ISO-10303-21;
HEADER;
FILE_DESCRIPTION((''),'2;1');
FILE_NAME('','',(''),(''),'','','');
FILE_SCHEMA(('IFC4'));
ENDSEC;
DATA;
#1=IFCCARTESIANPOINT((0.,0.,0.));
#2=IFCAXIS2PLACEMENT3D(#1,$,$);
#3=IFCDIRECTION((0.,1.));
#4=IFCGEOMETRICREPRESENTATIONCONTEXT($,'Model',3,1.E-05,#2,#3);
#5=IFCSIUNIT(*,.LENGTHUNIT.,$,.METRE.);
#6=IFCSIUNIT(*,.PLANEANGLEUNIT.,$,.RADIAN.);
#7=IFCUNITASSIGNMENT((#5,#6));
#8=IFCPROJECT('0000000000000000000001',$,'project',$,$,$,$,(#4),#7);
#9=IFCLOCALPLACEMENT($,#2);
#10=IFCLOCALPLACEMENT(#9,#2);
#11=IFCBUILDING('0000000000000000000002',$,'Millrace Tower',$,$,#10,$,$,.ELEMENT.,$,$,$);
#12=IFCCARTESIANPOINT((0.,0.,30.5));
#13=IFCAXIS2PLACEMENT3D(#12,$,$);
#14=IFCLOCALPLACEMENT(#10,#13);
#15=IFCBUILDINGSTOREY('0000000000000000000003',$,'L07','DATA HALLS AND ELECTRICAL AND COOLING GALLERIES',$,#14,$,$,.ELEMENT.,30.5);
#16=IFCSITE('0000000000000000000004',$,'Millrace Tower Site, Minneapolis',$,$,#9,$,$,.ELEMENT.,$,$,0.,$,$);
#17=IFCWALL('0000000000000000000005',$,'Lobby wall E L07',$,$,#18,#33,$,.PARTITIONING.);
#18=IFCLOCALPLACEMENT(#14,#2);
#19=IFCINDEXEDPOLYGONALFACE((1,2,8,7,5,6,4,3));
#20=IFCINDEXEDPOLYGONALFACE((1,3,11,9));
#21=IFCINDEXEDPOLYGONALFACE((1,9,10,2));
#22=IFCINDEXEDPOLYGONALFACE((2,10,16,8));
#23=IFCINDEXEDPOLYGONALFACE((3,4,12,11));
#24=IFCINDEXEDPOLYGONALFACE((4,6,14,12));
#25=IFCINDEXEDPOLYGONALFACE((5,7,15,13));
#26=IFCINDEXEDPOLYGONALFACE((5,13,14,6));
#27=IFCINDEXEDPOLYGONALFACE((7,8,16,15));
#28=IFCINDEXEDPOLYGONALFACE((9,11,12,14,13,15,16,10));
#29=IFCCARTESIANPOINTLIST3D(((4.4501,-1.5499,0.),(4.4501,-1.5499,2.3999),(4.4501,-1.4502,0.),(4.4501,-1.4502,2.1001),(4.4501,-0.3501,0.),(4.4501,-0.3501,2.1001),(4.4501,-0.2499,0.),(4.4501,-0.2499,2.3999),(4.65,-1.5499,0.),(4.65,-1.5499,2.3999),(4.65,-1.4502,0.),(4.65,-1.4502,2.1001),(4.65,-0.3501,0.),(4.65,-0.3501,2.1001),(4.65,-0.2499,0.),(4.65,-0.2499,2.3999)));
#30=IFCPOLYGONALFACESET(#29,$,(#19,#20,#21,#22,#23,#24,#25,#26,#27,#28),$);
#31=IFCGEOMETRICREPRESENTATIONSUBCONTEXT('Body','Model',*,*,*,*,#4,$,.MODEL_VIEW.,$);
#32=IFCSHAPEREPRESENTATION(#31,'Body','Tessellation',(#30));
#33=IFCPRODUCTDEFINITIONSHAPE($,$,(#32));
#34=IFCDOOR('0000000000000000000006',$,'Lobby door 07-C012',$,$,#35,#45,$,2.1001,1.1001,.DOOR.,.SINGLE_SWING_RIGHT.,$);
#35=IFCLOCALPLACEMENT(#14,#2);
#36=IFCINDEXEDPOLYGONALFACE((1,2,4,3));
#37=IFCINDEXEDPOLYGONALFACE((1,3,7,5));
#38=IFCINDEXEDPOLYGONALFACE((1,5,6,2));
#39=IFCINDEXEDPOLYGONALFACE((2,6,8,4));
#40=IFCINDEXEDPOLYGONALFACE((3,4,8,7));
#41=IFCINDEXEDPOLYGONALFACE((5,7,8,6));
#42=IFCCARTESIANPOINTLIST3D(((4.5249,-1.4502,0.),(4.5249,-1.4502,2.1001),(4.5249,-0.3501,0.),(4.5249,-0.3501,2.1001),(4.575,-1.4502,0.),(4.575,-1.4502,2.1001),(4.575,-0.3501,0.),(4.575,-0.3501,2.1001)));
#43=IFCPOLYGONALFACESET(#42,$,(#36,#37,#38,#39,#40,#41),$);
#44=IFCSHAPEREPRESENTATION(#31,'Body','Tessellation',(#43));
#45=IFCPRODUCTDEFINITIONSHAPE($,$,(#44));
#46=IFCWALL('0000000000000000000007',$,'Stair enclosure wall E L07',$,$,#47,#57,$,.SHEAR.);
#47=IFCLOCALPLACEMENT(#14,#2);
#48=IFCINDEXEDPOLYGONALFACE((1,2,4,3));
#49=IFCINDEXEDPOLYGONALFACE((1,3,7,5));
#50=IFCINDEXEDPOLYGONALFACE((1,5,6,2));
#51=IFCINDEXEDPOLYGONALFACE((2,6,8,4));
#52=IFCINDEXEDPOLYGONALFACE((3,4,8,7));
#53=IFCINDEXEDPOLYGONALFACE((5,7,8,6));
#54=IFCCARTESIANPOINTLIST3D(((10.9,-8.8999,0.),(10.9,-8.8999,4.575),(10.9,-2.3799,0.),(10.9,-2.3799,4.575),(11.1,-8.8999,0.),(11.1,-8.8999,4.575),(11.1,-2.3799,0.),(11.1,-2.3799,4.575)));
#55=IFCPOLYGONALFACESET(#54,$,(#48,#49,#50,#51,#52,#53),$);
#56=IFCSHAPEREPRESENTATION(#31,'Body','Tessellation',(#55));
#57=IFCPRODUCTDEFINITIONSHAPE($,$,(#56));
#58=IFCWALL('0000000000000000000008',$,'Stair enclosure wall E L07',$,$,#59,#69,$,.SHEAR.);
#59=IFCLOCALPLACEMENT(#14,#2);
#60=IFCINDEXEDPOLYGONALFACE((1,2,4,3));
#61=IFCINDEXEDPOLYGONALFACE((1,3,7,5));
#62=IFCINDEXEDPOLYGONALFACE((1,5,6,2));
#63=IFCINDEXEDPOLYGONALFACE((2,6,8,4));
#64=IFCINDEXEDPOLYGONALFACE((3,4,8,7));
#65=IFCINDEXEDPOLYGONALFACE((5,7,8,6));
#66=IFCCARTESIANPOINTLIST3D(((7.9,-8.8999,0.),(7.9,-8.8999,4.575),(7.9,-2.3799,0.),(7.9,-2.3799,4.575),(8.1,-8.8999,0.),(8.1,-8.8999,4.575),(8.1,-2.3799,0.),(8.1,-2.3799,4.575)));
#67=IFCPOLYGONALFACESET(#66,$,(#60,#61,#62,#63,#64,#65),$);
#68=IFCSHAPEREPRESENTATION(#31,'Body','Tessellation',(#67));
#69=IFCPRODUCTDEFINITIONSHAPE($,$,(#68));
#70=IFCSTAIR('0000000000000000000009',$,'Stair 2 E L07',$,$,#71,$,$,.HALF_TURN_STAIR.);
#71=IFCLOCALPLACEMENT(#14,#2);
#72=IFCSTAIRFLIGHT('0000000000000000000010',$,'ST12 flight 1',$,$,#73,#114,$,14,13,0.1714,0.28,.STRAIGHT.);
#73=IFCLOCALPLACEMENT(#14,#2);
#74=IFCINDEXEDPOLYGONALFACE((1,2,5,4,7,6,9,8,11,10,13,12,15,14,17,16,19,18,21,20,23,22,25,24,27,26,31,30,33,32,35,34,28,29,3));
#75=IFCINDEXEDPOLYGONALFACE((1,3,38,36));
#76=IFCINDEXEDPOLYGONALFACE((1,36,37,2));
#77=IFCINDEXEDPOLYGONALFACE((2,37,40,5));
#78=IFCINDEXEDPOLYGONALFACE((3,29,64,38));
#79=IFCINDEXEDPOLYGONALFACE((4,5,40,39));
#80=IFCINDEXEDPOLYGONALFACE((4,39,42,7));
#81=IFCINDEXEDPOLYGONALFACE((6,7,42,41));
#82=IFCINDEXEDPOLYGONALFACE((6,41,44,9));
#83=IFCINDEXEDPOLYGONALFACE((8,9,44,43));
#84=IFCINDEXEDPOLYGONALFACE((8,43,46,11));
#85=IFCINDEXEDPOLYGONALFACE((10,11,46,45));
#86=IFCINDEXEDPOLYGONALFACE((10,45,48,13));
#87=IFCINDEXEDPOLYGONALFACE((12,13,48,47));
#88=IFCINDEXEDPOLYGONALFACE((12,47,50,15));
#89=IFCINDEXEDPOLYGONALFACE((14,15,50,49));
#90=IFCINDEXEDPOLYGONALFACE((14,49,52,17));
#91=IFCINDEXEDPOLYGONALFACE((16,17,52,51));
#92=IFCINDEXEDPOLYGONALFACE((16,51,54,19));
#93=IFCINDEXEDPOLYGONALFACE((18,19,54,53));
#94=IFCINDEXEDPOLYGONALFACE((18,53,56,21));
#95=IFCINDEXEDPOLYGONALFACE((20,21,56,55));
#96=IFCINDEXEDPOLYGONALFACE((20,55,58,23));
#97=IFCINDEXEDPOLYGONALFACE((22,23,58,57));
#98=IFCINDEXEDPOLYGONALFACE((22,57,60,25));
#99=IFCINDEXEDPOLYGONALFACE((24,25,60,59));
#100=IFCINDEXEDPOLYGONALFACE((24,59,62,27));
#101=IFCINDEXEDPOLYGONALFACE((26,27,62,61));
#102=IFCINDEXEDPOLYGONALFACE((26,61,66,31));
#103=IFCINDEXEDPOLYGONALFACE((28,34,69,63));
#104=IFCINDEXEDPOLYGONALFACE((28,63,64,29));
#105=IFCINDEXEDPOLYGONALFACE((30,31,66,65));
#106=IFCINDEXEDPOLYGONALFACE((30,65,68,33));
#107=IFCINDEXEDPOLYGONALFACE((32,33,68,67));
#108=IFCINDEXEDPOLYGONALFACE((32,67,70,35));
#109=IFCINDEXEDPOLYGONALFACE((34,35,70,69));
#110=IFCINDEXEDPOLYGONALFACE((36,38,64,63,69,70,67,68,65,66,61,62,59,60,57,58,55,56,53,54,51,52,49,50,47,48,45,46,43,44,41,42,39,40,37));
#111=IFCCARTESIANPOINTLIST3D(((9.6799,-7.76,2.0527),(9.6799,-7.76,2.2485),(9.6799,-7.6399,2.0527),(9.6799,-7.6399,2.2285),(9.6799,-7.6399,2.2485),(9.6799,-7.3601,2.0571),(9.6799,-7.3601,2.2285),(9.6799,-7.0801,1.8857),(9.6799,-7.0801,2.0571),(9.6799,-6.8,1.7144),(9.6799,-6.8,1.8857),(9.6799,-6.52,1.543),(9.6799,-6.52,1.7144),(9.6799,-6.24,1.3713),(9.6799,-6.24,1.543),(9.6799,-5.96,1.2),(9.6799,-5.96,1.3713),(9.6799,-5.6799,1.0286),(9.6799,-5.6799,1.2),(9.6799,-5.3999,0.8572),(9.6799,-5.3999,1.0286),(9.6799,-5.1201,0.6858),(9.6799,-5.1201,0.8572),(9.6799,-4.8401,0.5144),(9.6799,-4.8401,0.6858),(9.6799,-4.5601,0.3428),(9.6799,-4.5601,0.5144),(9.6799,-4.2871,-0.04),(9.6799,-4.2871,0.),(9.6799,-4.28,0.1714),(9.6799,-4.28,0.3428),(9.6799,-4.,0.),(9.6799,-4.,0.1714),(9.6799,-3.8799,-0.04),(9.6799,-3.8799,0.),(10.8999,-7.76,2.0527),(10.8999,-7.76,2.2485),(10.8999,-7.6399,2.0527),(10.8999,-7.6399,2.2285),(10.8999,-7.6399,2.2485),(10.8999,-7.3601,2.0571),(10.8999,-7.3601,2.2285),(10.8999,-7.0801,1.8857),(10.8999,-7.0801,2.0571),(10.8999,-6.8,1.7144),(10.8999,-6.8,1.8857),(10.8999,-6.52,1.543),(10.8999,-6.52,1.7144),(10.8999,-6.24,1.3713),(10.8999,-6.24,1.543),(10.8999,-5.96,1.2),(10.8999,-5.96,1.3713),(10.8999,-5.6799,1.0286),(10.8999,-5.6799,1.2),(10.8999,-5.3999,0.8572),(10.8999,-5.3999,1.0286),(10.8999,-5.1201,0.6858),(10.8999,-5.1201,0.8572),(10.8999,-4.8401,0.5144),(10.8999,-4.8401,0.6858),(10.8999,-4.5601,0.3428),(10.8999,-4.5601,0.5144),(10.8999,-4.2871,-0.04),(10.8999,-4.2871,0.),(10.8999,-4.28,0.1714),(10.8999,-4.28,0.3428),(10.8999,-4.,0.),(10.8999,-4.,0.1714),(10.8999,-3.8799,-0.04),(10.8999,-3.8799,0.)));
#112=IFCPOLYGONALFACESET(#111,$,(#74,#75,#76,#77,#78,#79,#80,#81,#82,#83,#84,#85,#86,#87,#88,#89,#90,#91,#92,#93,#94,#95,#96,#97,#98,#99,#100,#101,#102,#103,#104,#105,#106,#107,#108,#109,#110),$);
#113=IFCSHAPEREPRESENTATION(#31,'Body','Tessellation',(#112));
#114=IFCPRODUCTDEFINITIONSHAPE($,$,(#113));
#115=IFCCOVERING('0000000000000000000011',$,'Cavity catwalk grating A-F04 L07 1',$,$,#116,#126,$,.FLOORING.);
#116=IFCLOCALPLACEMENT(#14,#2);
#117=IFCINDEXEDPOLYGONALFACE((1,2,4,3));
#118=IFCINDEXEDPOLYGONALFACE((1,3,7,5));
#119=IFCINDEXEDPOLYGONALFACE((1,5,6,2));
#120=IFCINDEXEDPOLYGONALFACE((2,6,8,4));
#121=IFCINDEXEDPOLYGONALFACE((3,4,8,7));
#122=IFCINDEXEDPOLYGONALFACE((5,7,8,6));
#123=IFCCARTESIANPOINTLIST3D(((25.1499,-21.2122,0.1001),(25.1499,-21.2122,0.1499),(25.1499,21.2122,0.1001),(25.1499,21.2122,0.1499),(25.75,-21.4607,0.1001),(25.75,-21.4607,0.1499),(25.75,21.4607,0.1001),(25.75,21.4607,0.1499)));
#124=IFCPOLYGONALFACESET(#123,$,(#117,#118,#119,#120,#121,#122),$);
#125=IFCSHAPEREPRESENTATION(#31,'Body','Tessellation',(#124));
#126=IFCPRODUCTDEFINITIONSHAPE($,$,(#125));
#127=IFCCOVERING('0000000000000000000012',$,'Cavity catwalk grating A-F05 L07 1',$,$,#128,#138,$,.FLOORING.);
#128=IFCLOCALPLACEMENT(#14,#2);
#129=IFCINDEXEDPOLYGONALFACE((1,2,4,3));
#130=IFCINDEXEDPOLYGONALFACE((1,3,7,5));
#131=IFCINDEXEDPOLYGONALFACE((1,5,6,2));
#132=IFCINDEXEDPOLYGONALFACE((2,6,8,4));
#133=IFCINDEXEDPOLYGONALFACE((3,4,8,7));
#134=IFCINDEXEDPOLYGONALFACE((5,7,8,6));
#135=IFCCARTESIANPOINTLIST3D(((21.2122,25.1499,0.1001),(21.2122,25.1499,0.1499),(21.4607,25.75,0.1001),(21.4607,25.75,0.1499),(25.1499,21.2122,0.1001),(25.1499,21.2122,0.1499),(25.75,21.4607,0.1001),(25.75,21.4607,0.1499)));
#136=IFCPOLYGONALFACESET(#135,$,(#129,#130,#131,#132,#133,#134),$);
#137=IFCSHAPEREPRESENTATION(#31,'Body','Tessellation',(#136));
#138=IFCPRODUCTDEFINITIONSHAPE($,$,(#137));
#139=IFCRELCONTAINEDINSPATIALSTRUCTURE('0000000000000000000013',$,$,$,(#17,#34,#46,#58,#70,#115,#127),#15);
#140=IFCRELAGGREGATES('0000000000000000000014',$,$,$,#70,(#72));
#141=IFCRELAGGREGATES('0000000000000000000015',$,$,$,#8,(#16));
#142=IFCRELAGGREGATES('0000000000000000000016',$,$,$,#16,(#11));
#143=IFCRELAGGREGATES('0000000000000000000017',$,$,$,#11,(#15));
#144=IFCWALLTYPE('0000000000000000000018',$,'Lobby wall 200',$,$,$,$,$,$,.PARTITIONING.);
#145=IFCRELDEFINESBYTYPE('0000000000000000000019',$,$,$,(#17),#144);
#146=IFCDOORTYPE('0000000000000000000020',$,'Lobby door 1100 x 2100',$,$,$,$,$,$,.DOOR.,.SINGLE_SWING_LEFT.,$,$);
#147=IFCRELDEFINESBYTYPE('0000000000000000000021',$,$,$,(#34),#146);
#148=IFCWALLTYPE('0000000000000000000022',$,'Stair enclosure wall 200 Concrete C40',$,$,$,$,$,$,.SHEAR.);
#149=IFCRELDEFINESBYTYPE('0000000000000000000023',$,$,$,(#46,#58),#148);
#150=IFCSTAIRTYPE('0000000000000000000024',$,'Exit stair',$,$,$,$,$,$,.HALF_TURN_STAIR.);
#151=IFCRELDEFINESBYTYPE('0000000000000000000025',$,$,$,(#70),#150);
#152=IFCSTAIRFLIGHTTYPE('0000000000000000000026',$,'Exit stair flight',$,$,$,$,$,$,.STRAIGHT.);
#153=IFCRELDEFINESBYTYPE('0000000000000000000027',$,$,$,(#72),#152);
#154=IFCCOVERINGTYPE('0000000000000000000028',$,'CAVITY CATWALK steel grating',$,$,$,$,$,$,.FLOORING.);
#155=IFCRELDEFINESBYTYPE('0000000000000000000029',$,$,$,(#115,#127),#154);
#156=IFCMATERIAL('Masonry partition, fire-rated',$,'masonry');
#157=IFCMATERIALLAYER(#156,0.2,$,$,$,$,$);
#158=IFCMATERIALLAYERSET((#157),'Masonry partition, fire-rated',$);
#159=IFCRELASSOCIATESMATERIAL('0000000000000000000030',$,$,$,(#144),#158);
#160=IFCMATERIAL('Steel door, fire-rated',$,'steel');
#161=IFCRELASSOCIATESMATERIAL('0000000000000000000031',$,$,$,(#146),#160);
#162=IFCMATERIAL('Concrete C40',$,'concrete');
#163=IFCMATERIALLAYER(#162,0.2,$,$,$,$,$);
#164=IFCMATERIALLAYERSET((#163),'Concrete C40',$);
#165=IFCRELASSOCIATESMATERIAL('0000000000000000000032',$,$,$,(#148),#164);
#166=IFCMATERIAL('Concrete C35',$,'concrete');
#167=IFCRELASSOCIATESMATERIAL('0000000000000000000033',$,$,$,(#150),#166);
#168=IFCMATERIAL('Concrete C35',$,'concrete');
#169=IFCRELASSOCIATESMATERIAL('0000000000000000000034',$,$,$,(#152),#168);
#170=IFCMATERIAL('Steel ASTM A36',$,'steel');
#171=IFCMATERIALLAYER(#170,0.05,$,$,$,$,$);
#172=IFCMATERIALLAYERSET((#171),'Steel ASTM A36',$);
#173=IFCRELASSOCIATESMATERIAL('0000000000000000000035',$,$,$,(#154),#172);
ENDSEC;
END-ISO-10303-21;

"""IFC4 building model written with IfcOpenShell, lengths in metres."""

from ifc_helpers import new_model, si_unit, direction, frame, frame_2d, origin, place, context, subcontext, project, spatial, polyline, rectangle, outline, extrude, material, layer, layer_set, type_object, element, fill, aggregate, save


model = new_model("IFC4")

# Units and contexts
model_context = context("Model", 3, precision=1e-05, world=origin(), true_north=direction((0.0, 1.0)))
body_context = subcontext(model_context, "Body", "Model", "MODEL_VIEW")
ifc_project = project(units=[si_unit("LENGTHUNIT", "METRE"), si_unit("PLANEANGLEUNIT", "RADIAN")], contexts=[model_context])

# Site, building, storey
site_placement = place(None, origin())
site = spatial("IfcSite", under=ifc_project, at=site_placement, Name="Millrace Tower Site, Minneapolis", CompositionType="ELEMENT", RefElevation=0.0)
building_placement = place(site_placement, origin())
building = spatial("IfcBuilding", under=site, at=building_placement, Name="Millrace Tower", CompositionType="ELEMENT")
storey_placement = place(building_placement, frame((0.0, 0.0, 30.5)))
storey = spatial("IfcBuildingStorey", under=building, at=storey_placement, Name="L07", Description="DATA HALLS AND ELECTRICAL AND COOLING GALLERIES", CompositionType="ELEMENT", Elevation=30.5)

# Shared definitions
placement_1 = place(storey_placement, origin())

# Wall, opening, door
ifc_material_1 = material(Name="Masonry partition, fire-rated", Category="masonry")
ifc_layer_1 = layer(ifc_material_1, 0.2)
ifc_layer_set_1 = layer_set([ifc_layer_1], Name="Masonry partition, fire-rated")
wall_type_1 = type_object("IfcWallType", Name="Lobby wall 200", PredefinedType="PARTITIONING", material=ifc_layer_set_1)
wall_1_placement = place(storey_placement, frame((4.55, -0.25, 0.0), z_axis=(0.0, 0.0, 1.0), x_axis=(0.0, -1.0, 0.0)))
wall_1 = element("IfcWall", 1, at=wall_1_placement, inside=storey, type_object=wall_type_1, Name="Lobby wall E L07", PredefinedType="PARTITIONING", context=body_context, shape_type="SweptSolid", body=[
    extrude(rectangle(XDim=1.3, YDim=0.2, at=frame_2d((0.6499, 0.0))), origin(), (0.0, 0.0, 1.0), 2.3999),
])
opening_placement = place(wall_1_placement, frame((0.1001, 0.0, 0.0)))
opening = element("IfcOpeningElement", 2, at=opening_placement, cuts=wall_1, PredefinedType="OPENING", context=body_context, shape_type="SweptSolid", body=[
    extrude(rectangle(XDim=1.1001, YDim=2.1001, at=frame_2d((0.55, 1.05))), frame((0.0, 0.1099, 0.0), z_axis=(0.0, -1.0, 0.0), x_axis=(1.0, 0.0, 0.0)), (0.0, 0.0, 1.0), 0.22),
])
ifc_material_2 = material(Name="Steel door, fire-rated", Category="steel")
door_type = type_object("IfcDoorType", Name="Lobby door 1100 x 2100", OperationType="SINGLE_SWING_LEFT", PredefinedType="DOOR", material=ifc_material_2)
door_placement = place(opening_placement, origin())
door = element("IfcDoor", 3, at=door_placement, inside=storey, type_object=door_type, Name="Lobby door 07-C012", OperationType="SINGLE_SWING_RIGHT", OverallHeight=2.1001, OverallWidth=1.1001, PredefinedType="DOOR", context=body_context, shape_type="SweptSolid", body=[
    extrude(rectangle(XDim=1.1001, YDim=2.1001, at=frame_2d((0.55, 1.05))), frame((0.0, 0.0249, 0.0), z_axis=(0.0, -1.0, 0.0), x_axis=(1.0, 0.0, 0.0)), (0.0, 0.0, 1.0), 0.05),
])
fill(opening, door)

# Walls
ifc_material_3 = material(Name="Concrete C40", Category="concrete")
ifc_layer_2 = layer(ifc_material_3, 0.2)
ifc_layer_set_2 = layer_set([ifc_layer_2], Name="Concrete C40")
wall_type_2 = type_object("IfcWallType", Name="Stair enclosure wall 200 Concrete C40", PredefinedType="SHEAR", material=ifc_layer_set_2)
for number, where, z_axis, x_axis, name in (
    (4, (11.0, -2.3799, 0.0), (0.0, 0.0, 1.0), (0.0, -1.0, 0.0), "Stair enclosure wall E L07"),
    (5, (8.0, -2.3799, 0.0), (0.0, 0.0, 1.0), (0.0, -1.0, 0.0), "Stair enclosure wall E L07"),
):
    element("IfcWall", number, at=place(storey_placement, frame(where, z_axis=z_axis, x_axis=x_axis)), inside=storey, type_object=wall_type_2, Name=name, PredefinedType="SHEAR", context=body_context, shape_type="SweptSolid", body=[
        extrude(rectangle(XDim=6.52, YDim=0.2, at=frame_2d((3.26, 0.0))), origin(), (0.0, 0.0, 1.0), 4.575),
    ])

# Stair, stair flight
ifc_material_4 = material(Name="Concrete C35", Category="concrete")
stair_type = type_object("IfcStairType", Name="Exit stair", PredefinedType="HALF_TURN_STAIR", material=ifc_material_4)
stair = element("IfcStair", 6, at=placement_1, inside=storey, type_object=stair_type, Name="Stair 2 E L07", PredefinedType="HALF_TURN_STAIR")
ifc_material_5 = material(Name="Concrete C35", Category="concrete")
stair_flight_type = type_object("IfcStairFlightType", Name="Exit stair flight", PredefinedType="STRAIGHT", material=ifc_material_5)
stair_flight_placement = place(storey_placement, frame((10.29, -4.0, 0.0), z_axis=(0.0, 0.0, 1.0), x_axis=(0.0, -1.0, 0.0)))
stair_flight = element("IfcStairFlight", 7, at=stair_flight_placement, type_object=stair_flight_type, Name="ST12 flight 1", NumberOfRisers=14, NumberOfTreads=13, PredefinedType="STRAIGHT", RiserHeight=0.1714, TreadLength=0.28, context=body_context, shape_type="SweptSolid", body=[
    extrude(outline(polyline([(-0.1201, -0.04), (-0.1201, 0.0), (0.0, 0.0), (0.0, 0.1714), (0.28, 0.1714), (0.28, 0.3428), (0.5601, 0.3428), (0.5601, 0.5144), (0.8401, 0.5144), (0.8401, 0.6858), (1.1201, 0.6858), (1.1201, 0.8572), (1.3999, 0.8572), (1.3999, 1.0286), (1.6799, 1.0286), (1.6799, 1.2), (1.96, 1.2), (1.96, 1.3713), (2.24, 1.3713), (2.24, 1.543), (2.52, 1.543), (2.52, 1.7144), (2.8, 1.7144), (2.8, 1.8857), (3.0801, 1.8857), (3.0801, 2.0571), (3.3601, 2.0571), (3.3601, 2.2285), (3.6399, 2.2285), (3.6399, 2.2485), (3.76, 2.2485), (3.76, 2.0527), (3.6399, 2.0527), (0.2871, 0.0), (0.2871, -0.04), (-0.1201, -0.04)])), frame((0.0, 0.6099, 0.0), z_axis=(0.0, -1.0, 0.0), x_axis=(1.0, 0.0, 0.0)), (0.0, 0.0, 1.0), 1.22),
])
aggregate(stair, [stair_flight])

# Coverings
ifc_material_6 = material(Name="Steel ASTM A36", Category="steel")
ifc_layer_3 = layer(ifc_material_6, 0.05)
ifc_layer_set_3 = layer_set([ifc_layer_3], Name="Steel ASTM A36")
covering_type = type_object("IfcCoveringType", Name="CAVITY CATWALK steel grating", PredefinedType="FLOORING", material=ifc_layer_set_3)
placement_2 = place(storey_placement, frame((0.0, 0.0, 0.1001)))
element("IfcCovering", 8, at=placement_2, inside=storey, type_object=covering_type, Name="Cavity catwalk grating A-F04 L07 1", PredefinedType="FLOORING", context=body_context, shape_type="SweptSolid", body=[
    extrude(outline(polyline([(25.75, -21.4607), (25.75, 21.4607), (25.1499, 21.2122), (25.1499, -21.2122), (25.75, -21.4607)])), origin(), (0.0, 0.0, 1.0), 0.0498),
])
element("IfcCovering", 9, at=placement_2, inside=storey, type_object=covering_type, Name="Cavity catwalk grating A-F05 L07 1", PredefinedType="FLOORING", context=body_context, shape_type="SweptSolid", body=[
    extrude(outline(polyline([(25.75, 21.4607), (21.4607, 25.75), (21.2122, 25.1499), (25.1499, 21.2122), (25.75, 21.4607)])), origin(), (0.0, 0.0, 1.0), 0.0498),
])

save(model, "model.ifc")
